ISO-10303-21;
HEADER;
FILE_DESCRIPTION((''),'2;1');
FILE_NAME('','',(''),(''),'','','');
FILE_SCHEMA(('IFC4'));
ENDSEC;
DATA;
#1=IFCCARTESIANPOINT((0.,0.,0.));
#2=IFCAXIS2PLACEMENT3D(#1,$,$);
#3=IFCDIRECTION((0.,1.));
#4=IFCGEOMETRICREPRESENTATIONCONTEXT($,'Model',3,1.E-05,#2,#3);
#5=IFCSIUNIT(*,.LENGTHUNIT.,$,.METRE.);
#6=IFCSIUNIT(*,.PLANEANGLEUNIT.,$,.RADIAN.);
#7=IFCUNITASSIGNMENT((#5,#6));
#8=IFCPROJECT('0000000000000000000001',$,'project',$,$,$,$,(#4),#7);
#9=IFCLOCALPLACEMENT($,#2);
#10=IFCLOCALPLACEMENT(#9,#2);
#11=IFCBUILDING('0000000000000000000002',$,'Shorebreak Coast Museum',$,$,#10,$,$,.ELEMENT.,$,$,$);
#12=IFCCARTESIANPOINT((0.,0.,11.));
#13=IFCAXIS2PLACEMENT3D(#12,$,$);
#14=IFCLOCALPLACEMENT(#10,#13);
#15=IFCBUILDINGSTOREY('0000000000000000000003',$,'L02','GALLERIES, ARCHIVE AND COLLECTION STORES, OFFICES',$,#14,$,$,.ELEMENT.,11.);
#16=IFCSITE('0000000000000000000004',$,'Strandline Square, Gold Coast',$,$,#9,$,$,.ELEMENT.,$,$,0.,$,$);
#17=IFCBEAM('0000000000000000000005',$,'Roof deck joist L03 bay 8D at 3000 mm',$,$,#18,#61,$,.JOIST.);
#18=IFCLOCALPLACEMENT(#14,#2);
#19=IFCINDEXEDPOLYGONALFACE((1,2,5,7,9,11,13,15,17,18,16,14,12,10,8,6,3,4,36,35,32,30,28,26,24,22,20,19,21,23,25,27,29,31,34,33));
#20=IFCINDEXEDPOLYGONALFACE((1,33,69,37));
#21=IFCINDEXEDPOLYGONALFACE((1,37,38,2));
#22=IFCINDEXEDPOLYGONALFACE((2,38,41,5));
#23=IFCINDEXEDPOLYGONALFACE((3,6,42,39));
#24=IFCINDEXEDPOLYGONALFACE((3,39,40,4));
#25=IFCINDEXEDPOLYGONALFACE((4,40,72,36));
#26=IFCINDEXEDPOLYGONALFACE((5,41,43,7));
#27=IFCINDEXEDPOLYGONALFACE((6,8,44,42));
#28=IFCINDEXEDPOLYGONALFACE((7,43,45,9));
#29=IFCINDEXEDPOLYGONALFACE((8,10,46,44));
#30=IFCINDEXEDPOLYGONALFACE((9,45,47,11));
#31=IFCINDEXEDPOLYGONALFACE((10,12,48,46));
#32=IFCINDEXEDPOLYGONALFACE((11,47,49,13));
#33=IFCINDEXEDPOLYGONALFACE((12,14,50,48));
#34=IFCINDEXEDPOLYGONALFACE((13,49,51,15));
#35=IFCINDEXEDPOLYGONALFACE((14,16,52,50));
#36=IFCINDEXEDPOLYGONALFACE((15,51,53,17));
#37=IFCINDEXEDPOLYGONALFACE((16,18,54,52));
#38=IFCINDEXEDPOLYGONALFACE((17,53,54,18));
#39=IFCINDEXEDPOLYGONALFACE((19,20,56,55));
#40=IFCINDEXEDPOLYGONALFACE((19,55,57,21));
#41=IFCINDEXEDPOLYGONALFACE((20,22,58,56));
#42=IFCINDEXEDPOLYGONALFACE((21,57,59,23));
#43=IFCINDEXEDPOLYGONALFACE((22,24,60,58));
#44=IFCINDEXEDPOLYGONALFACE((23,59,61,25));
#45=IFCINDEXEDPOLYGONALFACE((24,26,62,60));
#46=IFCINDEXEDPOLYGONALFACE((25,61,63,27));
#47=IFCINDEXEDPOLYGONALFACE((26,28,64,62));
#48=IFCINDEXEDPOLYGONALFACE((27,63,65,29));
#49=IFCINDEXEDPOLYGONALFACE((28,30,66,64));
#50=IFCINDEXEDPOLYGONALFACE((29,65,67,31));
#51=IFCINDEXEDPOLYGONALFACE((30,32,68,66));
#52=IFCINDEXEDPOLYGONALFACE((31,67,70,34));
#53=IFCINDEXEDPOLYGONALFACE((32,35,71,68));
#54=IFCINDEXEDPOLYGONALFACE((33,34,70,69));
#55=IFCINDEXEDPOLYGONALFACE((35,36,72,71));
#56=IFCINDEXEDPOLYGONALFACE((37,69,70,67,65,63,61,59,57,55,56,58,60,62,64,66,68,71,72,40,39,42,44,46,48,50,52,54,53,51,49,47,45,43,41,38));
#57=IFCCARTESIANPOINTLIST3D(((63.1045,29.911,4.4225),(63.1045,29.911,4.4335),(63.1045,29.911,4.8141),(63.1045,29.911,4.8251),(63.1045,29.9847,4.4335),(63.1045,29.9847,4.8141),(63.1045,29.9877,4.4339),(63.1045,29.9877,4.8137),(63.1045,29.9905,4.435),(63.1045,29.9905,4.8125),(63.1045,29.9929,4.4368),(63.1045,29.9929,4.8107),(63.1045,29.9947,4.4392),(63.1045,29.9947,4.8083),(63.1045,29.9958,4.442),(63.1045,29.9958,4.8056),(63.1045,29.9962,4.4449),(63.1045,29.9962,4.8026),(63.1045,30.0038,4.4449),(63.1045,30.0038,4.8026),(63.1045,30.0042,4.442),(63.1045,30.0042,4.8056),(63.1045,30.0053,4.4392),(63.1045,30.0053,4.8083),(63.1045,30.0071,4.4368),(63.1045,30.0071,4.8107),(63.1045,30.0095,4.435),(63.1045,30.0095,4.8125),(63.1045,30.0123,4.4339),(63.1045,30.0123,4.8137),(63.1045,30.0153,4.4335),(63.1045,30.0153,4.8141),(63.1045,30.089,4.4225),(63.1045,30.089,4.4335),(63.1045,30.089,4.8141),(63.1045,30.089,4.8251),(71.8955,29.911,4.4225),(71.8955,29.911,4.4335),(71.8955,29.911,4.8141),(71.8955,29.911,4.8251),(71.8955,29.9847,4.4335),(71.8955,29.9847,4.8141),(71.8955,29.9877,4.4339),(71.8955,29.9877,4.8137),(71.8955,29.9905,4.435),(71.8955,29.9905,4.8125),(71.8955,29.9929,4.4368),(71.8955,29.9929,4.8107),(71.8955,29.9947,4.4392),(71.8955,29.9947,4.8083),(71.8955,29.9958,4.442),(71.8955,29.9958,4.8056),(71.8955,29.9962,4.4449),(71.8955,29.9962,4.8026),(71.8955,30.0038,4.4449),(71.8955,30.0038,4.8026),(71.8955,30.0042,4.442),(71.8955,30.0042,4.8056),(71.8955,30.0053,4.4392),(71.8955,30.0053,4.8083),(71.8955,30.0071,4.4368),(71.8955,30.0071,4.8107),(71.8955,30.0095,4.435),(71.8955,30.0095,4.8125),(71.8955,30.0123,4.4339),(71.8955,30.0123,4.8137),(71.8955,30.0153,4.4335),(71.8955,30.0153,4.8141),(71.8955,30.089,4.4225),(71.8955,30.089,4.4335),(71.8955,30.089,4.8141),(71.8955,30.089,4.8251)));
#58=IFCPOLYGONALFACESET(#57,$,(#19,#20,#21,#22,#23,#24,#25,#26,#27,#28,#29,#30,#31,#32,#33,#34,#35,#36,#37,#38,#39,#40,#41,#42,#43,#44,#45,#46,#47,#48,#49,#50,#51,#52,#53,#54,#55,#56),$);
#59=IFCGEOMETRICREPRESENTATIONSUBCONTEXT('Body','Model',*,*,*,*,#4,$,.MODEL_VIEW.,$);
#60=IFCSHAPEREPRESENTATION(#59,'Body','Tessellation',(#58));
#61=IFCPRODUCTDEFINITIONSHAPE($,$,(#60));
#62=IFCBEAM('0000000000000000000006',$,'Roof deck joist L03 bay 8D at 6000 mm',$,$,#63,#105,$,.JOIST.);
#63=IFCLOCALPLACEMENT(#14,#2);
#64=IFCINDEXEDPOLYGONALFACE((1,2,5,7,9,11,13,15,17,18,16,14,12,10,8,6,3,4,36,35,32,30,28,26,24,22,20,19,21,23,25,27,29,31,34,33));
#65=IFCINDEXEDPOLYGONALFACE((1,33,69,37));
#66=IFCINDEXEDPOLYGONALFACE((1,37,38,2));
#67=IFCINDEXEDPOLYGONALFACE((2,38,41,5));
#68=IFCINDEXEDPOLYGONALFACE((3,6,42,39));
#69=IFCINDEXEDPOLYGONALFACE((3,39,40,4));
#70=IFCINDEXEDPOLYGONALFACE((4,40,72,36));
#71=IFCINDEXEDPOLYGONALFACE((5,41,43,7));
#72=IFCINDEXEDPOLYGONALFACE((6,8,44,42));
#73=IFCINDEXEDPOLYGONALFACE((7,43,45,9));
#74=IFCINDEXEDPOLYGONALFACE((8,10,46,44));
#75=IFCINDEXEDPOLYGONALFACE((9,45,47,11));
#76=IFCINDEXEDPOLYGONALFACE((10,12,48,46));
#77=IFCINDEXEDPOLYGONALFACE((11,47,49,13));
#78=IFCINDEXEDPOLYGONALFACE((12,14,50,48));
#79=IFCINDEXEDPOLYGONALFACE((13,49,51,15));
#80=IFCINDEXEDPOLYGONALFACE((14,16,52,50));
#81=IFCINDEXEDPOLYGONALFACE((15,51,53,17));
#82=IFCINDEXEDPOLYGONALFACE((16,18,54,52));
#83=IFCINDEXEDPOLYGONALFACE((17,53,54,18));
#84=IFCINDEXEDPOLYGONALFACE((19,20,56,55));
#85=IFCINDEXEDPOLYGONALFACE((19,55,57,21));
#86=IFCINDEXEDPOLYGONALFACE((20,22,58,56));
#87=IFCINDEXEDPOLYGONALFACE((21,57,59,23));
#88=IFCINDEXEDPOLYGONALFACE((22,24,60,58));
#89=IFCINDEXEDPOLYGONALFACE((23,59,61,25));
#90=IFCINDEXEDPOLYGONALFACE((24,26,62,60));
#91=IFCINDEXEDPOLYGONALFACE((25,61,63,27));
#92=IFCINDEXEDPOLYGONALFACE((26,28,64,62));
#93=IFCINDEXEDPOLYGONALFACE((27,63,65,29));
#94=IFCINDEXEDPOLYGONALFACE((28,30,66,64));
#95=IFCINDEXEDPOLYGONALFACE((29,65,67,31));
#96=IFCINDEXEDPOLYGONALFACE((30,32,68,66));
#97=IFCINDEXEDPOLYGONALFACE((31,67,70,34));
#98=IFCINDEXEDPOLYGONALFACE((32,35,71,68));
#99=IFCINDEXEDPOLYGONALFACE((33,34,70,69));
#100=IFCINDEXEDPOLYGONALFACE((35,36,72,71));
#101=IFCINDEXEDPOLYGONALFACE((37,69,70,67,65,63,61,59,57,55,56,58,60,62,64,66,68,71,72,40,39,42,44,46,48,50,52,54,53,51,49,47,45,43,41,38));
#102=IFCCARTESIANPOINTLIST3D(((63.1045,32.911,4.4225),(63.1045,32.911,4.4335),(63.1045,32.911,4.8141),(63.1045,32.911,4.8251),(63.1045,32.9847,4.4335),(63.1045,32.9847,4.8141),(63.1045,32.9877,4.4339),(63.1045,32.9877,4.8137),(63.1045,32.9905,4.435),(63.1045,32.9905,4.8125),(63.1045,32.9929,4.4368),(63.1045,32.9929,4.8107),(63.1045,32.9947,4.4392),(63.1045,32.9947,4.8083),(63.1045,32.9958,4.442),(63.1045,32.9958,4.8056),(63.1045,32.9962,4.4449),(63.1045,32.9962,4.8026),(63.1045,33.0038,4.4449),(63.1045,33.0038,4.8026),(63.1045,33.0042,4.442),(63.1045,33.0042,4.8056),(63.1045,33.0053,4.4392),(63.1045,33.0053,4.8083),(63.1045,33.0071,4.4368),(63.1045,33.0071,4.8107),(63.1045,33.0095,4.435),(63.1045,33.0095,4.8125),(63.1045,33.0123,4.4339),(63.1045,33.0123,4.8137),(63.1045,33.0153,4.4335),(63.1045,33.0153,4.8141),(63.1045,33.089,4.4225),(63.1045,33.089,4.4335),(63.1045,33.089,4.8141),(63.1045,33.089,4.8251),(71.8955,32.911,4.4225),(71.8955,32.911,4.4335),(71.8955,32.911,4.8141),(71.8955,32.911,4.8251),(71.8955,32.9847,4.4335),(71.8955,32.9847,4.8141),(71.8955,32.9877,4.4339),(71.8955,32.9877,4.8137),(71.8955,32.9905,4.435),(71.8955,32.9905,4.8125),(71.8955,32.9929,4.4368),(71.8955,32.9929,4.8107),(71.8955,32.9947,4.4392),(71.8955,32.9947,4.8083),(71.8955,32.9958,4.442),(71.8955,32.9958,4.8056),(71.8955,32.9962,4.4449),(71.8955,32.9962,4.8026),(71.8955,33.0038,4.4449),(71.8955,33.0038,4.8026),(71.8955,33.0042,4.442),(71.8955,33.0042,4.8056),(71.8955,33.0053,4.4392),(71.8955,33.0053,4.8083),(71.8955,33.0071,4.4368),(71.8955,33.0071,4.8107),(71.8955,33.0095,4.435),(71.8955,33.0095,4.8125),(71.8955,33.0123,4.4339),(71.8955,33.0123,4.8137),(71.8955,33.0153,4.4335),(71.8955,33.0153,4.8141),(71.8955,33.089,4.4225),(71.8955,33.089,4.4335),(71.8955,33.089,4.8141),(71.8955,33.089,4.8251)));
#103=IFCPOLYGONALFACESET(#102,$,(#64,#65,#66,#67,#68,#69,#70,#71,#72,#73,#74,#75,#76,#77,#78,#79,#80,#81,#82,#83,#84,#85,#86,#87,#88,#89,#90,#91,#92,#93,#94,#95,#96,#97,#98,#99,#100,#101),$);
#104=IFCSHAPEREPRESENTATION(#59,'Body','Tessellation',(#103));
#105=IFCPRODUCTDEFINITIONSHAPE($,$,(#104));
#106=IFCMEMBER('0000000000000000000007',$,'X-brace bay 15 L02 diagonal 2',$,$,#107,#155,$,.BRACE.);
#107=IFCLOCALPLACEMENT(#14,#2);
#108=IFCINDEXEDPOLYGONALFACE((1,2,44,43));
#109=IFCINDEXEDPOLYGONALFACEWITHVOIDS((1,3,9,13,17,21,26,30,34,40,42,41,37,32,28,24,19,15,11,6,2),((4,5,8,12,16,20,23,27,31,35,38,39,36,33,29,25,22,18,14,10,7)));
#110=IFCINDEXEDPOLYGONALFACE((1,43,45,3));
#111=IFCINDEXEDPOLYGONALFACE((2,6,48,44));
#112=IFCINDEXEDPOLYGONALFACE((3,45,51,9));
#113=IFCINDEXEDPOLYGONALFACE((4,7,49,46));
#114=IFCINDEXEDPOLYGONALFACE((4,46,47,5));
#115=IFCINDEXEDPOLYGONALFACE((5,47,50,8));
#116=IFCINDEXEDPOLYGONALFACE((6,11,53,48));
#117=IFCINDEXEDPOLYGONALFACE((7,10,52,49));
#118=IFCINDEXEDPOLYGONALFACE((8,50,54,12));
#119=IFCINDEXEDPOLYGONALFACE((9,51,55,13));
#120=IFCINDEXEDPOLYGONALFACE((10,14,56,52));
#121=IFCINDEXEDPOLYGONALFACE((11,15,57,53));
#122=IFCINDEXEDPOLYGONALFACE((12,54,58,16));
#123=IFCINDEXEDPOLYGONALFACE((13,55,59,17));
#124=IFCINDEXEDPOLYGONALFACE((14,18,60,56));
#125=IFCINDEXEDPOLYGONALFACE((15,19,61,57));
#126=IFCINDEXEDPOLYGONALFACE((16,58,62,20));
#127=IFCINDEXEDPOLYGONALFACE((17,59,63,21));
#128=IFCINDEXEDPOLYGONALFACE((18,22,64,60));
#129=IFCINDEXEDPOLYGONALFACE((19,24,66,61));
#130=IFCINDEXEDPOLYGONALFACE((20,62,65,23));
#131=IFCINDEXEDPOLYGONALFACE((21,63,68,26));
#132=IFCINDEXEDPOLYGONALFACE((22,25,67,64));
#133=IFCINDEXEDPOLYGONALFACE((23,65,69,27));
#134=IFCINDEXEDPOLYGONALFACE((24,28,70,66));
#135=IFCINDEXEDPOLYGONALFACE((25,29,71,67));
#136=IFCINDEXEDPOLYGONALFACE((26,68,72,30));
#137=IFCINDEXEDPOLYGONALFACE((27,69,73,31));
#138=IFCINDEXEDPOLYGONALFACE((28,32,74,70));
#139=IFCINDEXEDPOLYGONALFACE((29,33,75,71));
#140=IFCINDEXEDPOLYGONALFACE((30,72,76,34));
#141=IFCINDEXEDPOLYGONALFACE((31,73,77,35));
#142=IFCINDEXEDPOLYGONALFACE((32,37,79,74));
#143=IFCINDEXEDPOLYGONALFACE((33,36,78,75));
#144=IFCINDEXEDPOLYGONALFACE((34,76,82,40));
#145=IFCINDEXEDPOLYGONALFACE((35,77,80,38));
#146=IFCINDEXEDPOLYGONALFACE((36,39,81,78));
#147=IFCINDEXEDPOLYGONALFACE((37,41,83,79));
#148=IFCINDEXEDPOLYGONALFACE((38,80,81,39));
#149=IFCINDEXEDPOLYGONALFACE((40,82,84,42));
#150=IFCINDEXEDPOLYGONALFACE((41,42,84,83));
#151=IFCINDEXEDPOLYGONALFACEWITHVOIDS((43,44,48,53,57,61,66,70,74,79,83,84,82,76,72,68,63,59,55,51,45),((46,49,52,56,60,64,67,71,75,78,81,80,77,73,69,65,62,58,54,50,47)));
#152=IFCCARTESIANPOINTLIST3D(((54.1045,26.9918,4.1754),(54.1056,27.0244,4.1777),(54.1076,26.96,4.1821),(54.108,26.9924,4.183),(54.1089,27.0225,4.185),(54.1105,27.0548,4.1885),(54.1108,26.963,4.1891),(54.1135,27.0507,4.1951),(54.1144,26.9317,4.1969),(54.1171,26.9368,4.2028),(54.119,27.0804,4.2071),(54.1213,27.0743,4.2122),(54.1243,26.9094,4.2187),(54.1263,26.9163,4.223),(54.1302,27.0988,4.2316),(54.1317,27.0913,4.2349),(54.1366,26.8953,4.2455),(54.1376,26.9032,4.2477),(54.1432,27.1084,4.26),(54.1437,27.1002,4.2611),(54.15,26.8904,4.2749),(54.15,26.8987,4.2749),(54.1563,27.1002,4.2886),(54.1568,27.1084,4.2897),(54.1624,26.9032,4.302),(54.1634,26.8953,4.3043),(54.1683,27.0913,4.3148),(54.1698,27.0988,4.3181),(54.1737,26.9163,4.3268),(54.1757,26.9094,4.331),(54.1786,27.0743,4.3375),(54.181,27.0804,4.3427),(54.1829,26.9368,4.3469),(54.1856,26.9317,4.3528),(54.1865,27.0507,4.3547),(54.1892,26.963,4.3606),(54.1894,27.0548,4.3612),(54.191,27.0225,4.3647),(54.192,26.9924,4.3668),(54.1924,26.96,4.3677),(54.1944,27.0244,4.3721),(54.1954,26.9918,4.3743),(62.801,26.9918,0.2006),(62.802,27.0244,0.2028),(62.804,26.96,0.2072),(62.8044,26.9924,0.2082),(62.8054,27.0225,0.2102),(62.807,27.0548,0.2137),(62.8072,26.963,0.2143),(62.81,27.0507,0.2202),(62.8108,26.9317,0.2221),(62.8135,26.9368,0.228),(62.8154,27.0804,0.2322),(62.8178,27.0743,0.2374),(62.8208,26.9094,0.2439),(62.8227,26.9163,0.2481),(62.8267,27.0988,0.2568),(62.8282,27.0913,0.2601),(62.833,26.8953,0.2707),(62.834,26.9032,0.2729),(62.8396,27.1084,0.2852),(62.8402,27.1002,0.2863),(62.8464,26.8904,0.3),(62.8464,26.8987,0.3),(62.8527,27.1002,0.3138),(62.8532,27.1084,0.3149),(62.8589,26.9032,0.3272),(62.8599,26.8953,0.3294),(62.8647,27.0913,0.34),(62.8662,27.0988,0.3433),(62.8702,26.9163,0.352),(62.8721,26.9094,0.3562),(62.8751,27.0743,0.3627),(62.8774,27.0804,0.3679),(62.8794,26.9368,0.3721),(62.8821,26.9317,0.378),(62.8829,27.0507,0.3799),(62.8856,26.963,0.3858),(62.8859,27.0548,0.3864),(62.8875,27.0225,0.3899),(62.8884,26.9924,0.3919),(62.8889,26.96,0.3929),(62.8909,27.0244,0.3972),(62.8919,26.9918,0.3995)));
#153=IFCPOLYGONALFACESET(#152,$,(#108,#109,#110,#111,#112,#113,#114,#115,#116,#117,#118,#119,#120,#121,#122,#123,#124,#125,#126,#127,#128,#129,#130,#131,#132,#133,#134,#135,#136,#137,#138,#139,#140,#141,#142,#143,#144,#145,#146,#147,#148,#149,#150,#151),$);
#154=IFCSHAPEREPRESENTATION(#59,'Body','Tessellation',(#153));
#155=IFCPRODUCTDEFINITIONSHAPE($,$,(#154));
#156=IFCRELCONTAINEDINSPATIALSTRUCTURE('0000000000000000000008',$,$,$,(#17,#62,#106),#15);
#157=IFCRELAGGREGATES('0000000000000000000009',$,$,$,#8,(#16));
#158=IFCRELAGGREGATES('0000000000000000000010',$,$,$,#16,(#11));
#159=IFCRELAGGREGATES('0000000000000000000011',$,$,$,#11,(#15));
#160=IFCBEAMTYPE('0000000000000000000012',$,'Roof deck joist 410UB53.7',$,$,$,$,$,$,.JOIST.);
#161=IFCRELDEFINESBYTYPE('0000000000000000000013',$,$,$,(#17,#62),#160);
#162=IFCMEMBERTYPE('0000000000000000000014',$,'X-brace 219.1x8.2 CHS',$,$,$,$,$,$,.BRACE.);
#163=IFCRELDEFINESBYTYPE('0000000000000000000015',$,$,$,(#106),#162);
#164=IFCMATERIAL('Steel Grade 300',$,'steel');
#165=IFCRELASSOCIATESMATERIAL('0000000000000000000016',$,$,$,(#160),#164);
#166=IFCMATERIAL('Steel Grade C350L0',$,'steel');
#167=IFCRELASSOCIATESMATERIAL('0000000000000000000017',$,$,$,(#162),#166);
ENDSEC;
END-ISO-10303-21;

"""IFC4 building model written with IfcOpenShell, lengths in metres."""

from ifc_helpers import new_model, si_unit, direction, frame, origin, origin_2d, place, context, subcontext, project, spatial, hollow_circle, i_section, extrude, material, material_profile, profile_set, type_object, element, save


model = new_model("IFC4")

# Units and contexts
model_context = context("Model", 3, precision=1e-05, world=origin(), true_north=direction((0.0, 1.0)))
body_context = subcontext(model_context, "Body", "Model", "MODEL_VIEW")
ifc_project = project(units=[si_unit("LENGTHUNIT", "METRE"), si_unit("PLANEANGLEUNIT", "RADIAN")], contexts=[model_context])

# Site, building, storey
site_placement = place(None, origin())
site = spatial("IfcSite", under=ifc_project, at=site_placement, Name="Strandline Square, Gold Coast", CompositionType="ELEMENT", RefElevation=0.0)
building_placement = place(site_placement, origin())
building = spatial("IfcBuilding", under=site, at=building_placement, Name="Shorebreak Coast Museum", CompositionType="ELEMENT")
storey_placement = place(building_placement, frame((0.0, 0.0, 11.0)))
storey = spatial("IfcBuildingStorey", under=building, at=storey_placement, Name="L02", Description="GALLERIES, ARCHIVE AND COLLECTION STORES, OFFICES", CompositionType="ELEMENT", Elevation=11.0)

# Beams
ifc_material_1 = material(Name="Steel Grade 300", Category="steel")
ifc_material_profile_1 = material_profile(ifc_material_1, i_section(OverallWidth=0.178, OverallDepth=0.4026, WebThickness=0.0076, FlangeThickness=0.011, FilletRadius=0.0115, at=origin_2d()), Name="410UB53.7")
ifc_profile_set_1 = profile_set([ifc_material_profile_1], Name="Steel Grade 300")
beam_type_1 = type_object("IfcBeamType", Name="Roof deck joist 410UB53.7", PredefinedType="JOIST", material=ifc_profile_set_1)
for number, where, z_axis, x_axis, name in (
    (1, (63.1045, 30.0, 4.6238), (1.0, 0.0, 0.0), (0.0, 1.0, 0.0), "Roof deck joist L03 bay 8D at 3000 mm"),
    (2, (63.1045, 33.0, 4.6238), (1.0, 0.0, 0.0), (0.0, 1.0, 0.0), "Roof deck joist L03 bay 8D at 6000 mm"),
):
    element("IfcBeam", number, at=place(storey_placement, frame(where, z_axis=z_axis, x_axis=x_axis)), inside=storey, type_object=beam_type_1, Name=name, PredefinedType="JOIST", context=body_context, shape_type="SweptSolid", body=[
        extrude(i_section(OverallWidth=0.178, OverallDepth=0.4026, WebThickness=0.0076, FlangeThickness=0.011, FilletRadius=0.0115, at=origin_2d()), origin(), (0.0, 0.0, 1.0), 8.791),
    ])

# Member
ifc_material_2 = material(Name="Steel Grade C350L0", Category="steel")
ifc_material_profile_2 = material_profile(ifc_material_2, hollow_circle(Radius=0.1096, WallThickness=0.0083, at=origin_2d()), Name="219.1x8.2 CHS")
ifc_profile_set_2 = profile_set([ifc_material_profile_2], Name="Steel Grade C350L0")
member_type = type_object("IfcMemberType", Name="X-brace 219.1x8.2 CHS", PredefinedType="BRACE", material=ifc_profile_set_2)
member_placement = place(storey_placement, frame((62.8464, 27.0, 0.3), z_axis=(-0.909502, 0.0, 0.415699), x_axis=(0.0, -1.0, 0.0)))
element("IfcMember", 3, at=member_placement, inside=storey, type_object=member_type, Name="X-brace bay 15 L02 diagonal 2", PredefinedType="BRACE", context=body_context, shape_type="SweptSolid", body=[
    extrude(hollow_circle(Radius=0.1096, WallThickness=0.0083, at=origin_2d()), origin(), (0.0, 0.0, 1.0), 9.5618),
])

save(model, "model.ifc")
